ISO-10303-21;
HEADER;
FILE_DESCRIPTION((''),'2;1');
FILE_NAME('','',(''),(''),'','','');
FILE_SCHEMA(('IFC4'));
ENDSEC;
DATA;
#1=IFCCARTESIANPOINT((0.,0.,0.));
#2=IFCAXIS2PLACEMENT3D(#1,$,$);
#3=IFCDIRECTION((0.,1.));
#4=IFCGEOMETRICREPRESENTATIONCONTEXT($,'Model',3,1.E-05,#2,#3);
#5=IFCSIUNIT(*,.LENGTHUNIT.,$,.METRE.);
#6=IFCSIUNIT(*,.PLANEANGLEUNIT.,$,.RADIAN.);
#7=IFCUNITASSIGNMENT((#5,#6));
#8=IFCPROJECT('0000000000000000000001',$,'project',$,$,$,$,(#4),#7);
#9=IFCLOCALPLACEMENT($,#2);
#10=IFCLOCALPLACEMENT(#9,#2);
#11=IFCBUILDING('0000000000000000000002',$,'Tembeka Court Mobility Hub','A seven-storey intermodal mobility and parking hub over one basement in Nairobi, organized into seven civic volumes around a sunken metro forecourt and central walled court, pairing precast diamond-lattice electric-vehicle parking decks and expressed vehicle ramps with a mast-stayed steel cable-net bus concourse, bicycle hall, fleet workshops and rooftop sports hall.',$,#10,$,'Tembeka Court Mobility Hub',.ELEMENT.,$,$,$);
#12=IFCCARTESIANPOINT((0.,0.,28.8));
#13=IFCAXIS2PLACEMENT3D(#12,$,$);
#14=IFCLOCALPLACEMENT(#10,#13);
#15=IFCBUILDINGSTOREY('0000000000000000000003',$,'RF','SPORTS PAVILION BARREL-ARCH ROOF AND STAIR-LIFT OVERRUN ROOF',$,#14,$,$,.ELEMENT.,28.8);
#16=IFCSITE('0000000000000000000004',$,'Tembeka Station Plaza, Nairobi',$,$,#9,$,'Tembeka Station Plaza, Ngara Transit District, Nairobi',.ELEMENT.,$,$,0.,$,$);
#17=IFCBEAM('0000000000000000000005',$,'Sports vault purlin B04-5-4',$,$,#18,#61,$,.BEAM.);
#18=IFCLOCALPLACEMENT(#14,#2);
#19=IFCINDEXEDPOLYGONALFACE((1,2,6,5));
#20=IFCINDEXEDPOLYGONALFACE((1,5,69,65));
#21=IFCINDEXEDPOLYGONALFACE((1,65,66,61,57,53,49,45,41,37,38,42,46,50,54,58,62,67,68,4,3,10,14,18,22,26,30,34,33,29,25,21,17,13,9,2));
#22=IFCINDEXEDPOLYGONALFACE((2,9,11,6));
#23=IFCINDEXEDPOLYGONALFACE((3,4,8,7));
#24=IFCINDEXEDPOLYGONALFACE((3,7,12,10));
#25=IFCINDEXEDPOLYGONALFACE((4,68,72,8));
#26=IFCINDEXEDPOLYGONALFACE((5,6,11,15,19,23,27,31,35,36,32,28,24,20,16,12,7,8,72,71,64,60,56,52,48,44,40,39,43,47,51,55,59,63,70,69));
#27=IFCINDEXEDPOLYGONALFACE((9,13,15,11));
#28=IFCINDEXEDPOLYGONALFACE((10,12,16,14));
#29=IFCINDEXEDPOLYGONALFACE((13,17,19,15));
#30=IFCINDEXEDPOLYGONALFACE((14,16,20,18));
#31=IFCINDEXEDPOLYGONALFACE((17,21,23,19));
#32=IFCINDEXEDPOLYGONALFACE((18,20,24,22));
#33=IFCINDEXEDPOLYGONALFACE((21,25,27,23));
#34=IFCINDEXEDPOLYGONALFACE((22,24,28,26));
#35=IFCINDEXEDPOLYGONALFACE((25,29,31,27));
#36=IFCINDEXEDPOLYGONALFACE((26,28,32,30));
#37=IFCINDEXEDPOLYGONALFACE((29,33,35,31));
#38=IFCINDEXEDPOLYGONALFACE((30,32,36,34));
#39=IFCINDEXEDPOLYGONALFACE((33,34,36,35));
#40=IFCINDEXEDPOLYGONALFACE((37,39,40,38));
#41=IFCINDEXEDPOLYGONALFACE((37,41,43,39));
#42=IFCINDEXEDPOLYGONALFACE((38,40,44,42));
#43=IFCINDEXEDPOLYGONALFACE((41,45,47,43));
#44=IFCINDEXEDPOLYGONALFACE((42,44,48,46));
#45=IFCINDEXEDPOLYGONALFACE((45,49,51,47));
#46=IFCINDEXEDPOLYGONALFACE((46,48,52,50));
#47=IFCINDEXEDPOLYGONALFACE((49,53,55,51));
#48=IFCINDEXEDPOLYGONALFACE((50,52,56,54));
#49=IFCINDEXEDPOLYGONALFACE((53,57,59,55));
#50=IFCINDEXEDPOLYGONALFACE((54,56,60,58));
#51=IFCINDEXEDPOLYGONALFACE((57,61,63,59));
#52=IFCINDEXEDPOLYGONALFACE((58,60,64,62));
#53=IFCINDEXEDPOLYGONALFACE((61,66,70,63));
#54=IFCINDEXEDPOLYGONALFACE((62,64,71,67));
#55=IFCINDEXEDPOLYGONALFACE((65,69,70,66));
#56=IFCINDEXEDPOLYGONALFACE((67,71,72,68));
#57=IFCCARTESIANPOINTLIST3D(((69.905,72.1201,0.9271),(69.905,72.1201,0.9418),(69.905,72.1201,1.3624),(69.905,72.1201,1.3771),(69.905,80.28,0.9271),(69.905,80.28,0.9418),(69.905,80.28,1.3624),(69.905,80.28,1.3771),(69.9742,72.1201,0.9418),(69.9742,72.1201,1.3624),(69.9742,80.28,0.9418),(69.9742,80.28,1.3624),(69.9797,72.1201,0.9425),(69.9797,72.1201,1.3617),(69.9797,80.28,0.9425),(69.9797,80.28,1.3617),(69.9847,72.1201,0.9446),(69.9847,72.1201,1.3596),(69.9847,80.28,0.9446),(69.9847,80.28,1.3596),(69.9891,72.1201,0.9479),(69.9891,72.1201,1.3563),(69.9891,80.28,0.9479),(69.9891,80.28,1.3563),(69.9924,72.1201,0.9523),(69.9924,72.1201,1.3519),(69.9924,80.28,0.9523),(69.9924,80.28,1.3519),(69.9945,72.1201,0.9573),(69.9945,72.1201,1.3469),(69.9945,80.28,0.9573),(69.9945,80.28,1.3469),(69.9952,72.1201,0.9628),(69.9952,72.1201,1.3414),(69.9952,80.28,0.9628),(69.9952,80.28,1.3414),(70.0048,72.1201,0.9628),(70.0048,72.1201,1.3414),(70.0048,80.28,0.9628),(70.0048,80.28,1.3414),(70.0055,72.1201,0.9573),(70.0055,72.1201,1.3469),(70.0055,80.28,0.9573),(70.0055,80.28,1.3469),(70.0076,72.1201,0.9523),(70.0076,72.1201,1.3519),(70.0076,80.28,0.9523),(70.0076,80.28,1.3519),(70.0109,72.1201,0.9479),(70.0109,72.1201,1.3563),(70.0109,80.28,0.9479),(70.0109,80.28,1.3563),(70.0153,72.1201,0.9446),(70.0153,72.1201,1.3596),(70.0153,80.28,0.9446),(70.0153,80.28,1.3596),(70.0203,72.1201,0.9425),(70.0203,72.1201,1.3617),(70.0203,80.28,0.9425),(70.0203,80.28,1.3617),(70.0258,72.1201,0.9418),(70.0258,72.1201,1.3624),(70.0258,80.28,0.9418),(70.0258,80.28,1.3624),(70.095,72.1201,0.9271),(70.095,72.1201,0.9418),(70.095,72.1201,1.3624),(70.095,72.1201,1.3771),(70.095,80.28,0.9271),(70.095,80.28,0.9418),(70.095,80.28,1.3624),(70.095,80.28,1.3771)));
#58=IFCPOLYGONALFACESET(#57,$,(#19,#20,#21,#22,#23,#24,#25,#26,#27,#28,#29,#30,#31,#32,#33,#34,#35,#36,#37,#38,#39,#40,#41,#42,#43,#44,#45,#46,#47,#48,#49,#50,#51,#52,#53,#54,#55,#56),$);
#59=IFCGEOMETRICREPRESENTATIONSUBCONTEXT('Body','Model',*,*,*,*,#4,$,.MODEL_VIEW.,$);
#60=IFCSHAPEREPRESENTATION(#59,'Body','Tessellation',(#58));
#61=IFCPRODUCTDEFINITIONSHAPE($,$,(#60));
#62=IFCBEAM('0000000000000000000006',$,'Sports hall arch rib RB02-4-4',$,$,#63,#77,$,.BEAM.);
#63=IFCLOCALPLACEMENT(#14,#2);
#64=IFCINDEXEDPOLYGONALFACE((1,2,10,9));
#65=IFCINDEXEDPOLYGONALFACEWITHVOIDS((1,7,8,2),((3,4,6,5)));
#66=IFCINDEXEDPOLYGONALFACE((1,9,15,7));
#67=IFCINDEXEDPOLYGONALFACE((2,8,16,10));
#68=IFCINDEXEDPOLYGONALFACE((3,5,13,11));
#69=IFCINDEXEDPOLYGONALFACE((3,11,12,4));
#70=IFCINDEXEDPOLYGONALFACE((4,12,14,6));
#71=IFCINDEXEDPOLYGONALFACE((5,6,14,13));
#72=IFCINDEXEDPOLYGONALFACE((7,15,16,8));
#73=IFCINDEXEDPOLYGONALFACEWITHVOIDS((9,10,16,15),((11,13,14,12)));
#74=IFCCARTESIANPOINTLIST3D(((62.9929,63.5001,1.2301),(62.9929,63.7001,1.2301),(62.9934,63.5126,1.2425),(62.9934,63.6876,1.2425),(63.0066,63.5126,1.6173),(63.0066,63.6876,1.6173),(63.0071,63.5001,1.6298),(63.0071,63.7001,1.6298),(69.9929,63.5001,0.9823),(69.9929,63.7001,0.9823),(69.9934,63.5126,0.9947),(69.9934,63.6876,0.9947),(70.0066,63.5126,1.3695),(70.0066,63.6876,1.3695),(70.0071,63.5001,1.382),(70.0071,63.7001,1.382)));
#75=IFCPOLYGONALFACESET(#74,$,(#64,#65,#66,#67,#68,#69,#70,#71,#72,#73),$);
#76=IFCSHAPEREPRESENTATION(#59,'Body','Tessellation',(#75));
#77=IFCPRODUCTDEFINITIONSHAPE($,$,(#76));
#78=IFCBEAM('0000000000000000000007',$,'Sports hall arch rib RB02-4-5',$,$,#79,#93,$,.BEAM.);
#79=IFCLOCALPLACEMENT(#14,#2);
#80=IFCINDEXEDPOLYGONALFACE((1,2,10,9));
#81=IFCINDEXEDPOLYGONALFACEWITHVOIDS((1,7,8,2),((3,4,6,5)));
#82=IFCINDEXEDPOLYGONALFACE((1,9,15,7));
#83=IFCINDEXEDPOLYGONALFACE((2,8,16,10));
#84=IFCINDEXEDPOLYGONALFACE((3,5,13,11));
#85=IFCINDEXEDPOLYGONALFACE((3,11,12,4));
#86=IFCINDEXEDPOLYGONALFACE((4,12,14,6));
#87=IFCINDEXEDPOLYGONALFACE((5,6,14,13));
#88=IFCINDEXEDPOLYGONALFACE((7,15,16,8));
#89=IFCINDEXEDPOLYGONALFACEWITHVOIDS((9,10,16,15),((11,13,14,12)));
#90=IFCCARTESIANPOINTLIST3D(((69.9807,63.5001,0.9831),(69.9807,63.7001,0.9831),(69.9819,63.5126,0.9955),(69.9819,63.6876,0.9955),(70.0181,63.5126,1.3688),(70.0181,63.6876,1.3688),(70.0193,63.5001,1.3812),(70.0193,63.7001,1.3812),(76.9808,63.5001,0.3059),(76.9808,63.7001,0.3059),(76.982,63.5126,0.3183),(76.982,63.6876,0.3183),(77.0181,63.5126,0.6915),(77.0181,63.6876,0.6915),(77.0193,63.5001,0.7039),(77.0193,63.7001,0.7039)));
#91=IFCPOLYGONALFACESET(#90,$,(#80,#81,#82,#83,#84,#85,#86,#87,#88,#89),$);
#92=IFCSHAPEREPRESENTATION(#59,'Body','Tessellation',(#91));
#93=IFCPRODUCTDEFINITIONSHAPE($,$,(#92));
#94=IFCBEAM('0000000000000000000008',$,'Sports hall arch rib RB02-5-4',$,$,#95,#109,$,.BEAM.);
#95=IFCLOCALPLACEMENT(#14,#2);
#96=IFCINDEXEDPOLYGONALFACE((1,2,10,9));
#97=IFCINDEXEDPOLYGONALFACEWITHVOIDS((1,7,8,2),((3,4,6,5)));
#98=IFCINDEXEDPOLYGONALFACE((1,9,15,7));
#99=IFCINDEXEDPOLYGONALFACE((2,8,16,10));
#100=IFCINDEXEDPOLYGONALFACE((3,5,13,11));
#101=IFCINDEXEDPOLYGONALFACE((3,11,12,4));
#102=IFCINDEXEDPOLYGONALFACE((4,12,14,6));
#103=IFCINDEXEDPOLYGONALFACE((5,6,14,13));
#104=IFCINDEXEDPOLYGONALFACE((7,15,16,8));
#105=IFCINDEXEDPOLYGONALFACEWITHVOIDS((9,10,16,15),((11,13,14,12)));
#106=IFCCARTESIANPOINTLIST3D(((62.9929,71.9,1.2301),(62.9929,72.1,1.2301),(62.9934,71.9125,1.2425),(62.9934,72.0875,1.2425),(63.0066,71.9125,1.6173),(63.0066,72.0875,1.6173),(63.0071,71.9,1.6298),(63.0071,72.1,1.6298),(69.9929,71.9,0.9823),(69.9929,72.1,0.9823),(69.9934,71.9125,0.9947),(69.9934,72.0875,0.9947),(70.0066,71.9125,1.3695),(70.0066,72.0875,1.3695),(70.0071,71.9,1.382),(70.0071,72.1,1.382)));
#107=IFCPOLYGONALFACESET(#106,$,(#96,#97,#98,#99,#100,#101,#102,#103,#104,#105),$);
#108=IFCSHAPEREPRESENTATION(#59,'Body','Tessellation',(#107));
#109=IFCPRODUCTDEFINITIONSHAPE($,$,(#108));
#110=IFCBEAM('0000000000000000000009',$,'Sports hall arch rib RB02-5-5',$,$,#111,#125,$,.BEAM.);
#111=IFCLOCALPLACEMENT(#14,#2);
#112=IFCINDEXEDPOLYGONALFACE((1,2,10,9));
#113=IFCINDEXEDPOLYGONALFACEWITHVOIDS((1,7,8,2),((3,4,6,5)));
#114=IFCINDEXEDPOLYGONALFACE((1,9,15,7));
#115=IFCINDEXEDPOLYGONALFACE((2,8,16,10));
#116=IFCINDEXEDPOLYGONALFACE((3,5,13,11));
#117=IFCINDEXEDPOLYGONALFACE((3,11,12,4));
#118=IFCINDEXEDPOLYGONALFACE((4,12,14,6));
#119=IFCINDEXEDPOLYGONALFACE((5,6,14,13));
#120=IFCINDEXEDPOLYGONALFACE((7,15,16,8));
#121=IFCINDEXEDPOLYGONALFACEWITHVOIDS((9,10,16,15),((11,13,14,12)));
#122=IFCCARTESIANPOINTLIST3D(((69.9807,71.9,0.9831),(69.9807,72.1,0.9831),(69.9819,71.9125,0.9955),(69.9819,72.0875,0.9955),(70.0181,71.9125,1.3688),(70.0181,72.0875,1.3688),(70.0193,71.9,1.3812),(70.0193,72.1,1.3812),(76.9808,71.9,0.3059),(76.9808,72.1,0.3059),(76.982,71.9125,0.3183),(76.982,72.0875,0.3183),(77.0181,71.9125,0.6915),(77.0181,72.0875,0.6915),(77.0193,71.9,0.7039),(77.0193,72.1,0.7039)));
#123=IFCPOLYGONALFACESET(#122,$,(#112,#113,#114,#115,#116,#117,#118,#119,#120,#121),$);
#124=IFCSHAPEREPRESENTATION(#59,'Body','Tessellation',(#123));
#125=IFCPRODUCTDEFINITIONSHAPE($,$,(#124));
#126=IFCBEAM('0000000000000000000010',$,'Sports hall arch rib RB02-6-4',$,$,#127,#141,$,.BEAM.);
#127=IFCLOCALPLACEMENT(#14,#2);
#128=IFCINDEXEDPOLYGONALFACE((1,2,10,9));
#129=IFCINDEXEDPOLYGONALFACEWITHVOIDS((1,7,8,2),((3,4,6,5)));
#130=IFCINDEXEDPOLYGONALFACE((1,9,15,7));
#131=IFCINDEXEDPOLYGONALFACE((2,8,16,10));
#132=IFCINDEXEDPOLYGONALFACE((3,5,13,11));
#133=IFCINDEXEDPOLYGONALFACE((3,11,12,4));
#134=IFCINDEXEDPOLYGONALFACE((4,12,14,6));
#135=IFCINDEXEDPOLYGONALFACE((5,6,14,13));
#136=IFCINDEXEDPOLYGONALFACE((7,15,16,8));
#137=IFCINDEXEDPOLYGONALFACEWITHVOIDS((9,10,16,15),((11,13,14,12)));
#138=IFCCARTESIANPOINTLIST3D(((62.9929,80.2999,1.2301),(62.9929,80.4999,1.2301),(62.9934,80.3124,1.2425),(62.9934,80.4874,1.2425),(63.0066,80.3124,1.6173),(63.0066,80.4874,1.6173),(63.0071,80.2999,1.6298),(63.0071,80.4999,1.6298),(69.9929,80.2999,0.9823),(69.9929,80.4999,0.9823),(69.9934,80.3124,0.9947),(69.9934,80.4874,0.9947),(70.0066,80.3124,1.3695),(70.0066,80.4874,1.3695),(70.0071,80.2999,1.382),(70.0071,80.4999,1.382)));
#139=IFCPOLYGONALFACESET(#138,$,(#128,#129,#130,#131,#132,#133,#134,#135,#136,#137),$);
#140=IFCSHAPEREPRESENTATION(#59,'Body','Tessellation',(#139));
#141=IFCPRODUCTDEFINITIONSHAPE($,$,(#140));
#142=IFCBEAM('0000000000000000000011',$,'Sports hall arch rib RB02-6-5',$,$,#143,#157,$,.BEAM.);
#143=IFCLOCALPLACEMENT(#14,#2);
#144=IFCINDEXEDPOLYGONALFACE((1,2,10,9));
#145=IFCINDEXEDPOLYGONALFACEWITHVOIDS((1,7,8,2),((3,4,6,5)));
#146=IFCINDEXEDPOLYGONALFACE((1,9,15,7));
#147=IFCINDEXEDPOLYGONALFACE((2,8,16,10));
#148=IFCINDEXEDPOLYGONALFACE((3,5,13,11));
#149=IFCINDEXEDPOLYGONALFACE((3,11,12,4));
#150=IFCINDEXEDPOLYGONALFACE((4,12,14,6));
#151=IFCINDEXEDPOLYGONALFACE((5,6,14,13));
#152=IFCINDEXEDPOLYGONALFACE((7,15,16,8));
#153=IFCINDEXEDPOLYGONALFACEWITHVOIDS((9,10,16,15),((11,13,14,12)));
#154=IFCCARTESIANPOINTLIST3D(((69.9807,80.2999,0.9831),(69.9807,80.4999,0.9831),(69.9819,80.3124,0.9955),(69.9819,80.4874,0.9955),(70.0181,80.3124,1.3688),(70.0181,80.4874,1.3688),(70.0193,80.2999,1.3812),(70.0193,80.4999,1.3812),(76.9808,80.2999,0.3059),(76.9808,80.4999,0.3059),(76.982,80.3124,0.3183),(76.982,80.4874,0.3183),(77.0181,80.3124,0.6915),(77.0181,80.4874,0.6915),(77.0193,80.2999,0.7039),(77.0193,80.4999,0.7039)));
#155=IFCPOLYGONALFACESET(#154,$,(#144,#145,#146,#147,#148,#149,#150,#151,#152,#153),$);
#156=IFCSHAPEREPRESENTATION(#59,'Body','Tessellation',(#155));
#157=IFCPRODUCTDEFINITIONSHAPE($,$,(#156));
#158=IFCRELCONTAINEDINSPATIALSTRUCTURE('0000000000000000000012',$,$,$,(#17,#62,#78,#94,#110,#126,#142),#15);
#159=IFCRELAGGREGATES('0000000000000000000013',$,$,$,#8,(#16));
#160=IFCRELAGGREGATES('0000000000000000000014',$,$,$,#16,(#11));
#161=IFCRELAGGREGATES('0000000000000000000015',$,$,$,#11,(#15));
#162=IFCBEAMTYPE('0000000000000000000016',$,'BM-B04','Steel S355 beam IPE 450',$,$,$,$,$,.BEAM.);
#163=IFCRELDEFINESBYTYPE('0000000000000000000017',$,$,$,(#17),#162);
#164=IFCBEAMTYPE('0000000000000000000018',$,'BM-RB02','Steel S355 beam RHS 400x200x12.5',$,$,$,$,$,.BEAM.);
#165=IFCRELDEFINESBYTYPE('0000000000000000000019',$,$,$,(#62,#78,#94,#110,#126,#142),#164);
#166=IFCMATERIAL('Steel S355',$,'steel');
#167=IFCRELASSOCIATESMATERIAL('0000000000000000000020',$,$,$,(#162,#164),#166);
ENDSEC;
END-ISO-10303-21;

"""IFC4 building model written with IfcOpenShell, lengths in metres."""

from ifc_helpers import new_model, si_unit, direction, frame, origin, origin_2d, place, context, subcontext, project, spatial, hollow_rectangle, i_section, extrude, material, material_profile, profile_set, type_object, element, save


model = new_model("IFC4")

# Units and contexts
model_context = context("Model", 3, precision=1e-05, world=origin(), true_north=direction((0.0, 1.0)))
body_context = subcontext(model_context, "Body", "Model", "MODEL_VIEW")
ifc_project = project(units=[si_unit("LENGTHUNIT", "METRE"), si_unit("PLANEANGLEUNIT", "RADIAN")], contexts=[model_context])

# Site, building, storey
site_placement = place(None, origin())
site = spatial("IfcSite", under=ifc_project, at=site_placement, Name="Tembeka Station Plaza, Nairobi", LongName="Tembeka Station Plaza, Ngara Transit District, Nairobi", CompositionType="ELEMENT", RefElevation=0.0)
building_placement = place(site_placement, origin())
building = spatial("IfcBuilding", under=site, at=building_placement, Name="Tembeka Court Mobility Hub", Description="A seven-storey intermodal mobility and parking hub over one basement in Nairobi, organized into seven civic volumes around a sunken metro forecourt and central walled court, pairing precast diamond-lattice electric-vehicle parking decks and expressed vehicle ramps with a mast-stayed steel cable-net bus concourse, bicycle hall, fleet workshops and rooftop sports hall.", LongName="Tembeka Court Mobility Hub", CompositionType="ELEMENT")
storey_placement = place(building_placement, frame((0.0, 0.0, 28.8)))
storey = spatial("IfcBuildingStorey", under=building, at=storey_placement, Name="RF", Description="SPORTS PAVILION BARREL-ARCH ROOF AND STAIR-LIFT OVERRUN ROOF", CompositionType="ELEMENT", Elevation=28.8)

# Beams
ifc_material_1 = material(Name="Steel S355", Category="steel")
ifc_material_profile_1 = material_profile(ifc_material_1, i_section(OverallWidth=0.1899, OverallDepth=0.45, WebThickness=0.0095, FlangeThickness=0.0146, FilletRadius=0.021, at=origin_2d()), Name="IPE 450")
ifc_profile_set_1 = profile_set([ifc_material_profile_1], Name="Steel S355")
beam_type_1 = type_object("IfcBeamType", Name="BM-B04", Description="Steel S355 beam IPE 450", PredefinedType="BEAM", material=ifc_profile_set_1)
for number, where, z_axis, x_axis, name in (
    (1, (70.0, 72.1201, 1.1521), (0.0, 1.0, 0.0), (-1.0, 0.0, 0.0), "Sports vault purlin B04-5-4"),
):
    element("IfcBeam", number, at=place(storey_placement, frame(where, z_axis=z_axis, x_axis=x_axis)), inside=storey, type_object=beam_type_1, Name=name, PredefinedType="BEAM", context=body_context, shape_type="SweptSolid", body=[
        extrude(i_section(OverallWidth=0.1899, OverallDepth=0.45, WebThickness=0.0095, FlangeThickness=0.0146, FilletRadius=0.021, at=origin_2d()), origin(), (0.0, 0.0, 1.0), 8.1599),
    ])
ifc_material_profile_2 = material_profile(ifc_material_1, hollow_rectangle(XDim=0.2, YDim=0.3999, WallThickness=0.0125, at=origin_2d()), Name="RHS 400x200x12.5")
ifc_profile_set_2 = profile_set([ifc_material_profile_2], Name="Steel S355")
beam_type_2 = type_object("IfcBeamType", Name="BM-RB02", Description="Steel S355 beam RHS 400x200x12.5", PredefinedType="BEAM", material=ifc_profile_set_2)
beam_1_placement = place(storey_placement, frame((63.0, 63.6001, 1.4299), z_axis=(0.999374, 0.0, -0.035378), x_axis=(0.0, 1.0, 0.0)))
element("IfcBeam", 2, at=beam_1_placement, inside=storey, type_object=beam_type_2, Name="Sports hall arch rib RB02-4-4", PredefinedType="BEAM", context=body_context, shape_type="SweptSolid", body=[
    extrude(hollow_rectangle(XDim=0.2, YDim=0.3999, WallThickness=0.0125, at=origin_2d()), origin(), (0.0, 0.0, 1.0), 7.0044),
])
beam_2_placement = place(storey_placement, frame((70.0, 63.6001, 1.1821), z_axis=(0.995352, 0.0, -0.0963), x_axis=(0.0, 1.0, 0.0)))
element("IfcBeam", 3, at=beam_2_placement, inside=storey, type_object=beam_type_2, Name="Sports hall arch rib RB02-4-5", PredefinedType="BEAM", context=body_context, shape_type="SweptSolid", body=[
    extrude(hollow_rectangle(XDim=0.2, YDim=0.3999, WallThickness=0.0125, at=origin_2d()), origin(), (0.0, 0.0, 1.0), 7.0327),
])
beam_3_placement = place(storey_placement, frame((63.0, 72.0, 1.4299), z_axis=(0.999374, 0.0, -0.035378), x_axis=(0.0, 1.0, 0.0)))
element("IfcBeam", 4, at=beam_3_placement, inside=storey, type_object=beam_type_2, Name="Sports hall arch rib RB02-5-4", PredefinedType="BEAM", context=body_context, shape_type="SweptSolid", body=[
    extrude(hollow_rectangle(XDim=0.2, YDim=0.3999, WallThickness=0.0125, at=origin_2d()), origin(), (0.0, 0.0, 1.0), 7.0044),
])
beam_4_placement = place(storey_placement, frame((70.0, 72.0, 1.1821), z_axis=(0.995352, 0.0, -0.0963), x_axis=(0.0, 1.0, 0.0)))
element("IfcBeam", 5, at=beam_4_placement, inside=storey, type_object=beam_type_2, Name="Sports hall arch rib RB02-5-5", PredefinedType="BEAM", context=body_context, shape_type="SweptSolid", body=[
    extrude(hollow_rectangle(XDim=0.2, YDim=0.3999, WallThickness=0.0125, at=origin_2d()), origin(), (0.0, 0.0, 1.0), 7.0327),
])
beam_5_placement = place(storey_placement, frame((63.0, 80.3999, 1.4299), z_axis=(0.999374, 0.0, -0.035378), x_axis=(0.0, 1.0, 0.0)))
element("IfcBeam", 6, at=beam_5_placement, inside=storey, type_object=beam_type_2, Name="Sports hall arch rib RB02-6-4", PredefinedType="BEAM", context=body_context, shape_type="SweptSolid", body=[
    extrude(hollow_rectangle(XDim=0.2, YDim=0.3999, WallThickness=0.0125, at=origin_2d()), origin(), (0.0, 0.0, 1.0), 7.0044),
])
beam_6_placement = place(storey_placement, frame((70.0, 80.3999, 1.1821), z_axis=(0.995352, 0.0, -0.0963), x_axis=(0.0, 1.0, 0.0)))
element("IfcBeam", 7, at=beam_6_placement, inside=storey, type_object=beam_type_2, Name="Sports hall arch rib RB02-6-5", PredefinedType="BEAM", context=body_context, shape_type="SweptSolid", body=[
    extrude(hollow_rectangle(XDim=0.2, YDim=0.3999, WallThickness=0.0125, at=origin_2d()), origin(), (0.0, 0.0, 1.0), 7.0327),
])

save(model, "model.ifc")
